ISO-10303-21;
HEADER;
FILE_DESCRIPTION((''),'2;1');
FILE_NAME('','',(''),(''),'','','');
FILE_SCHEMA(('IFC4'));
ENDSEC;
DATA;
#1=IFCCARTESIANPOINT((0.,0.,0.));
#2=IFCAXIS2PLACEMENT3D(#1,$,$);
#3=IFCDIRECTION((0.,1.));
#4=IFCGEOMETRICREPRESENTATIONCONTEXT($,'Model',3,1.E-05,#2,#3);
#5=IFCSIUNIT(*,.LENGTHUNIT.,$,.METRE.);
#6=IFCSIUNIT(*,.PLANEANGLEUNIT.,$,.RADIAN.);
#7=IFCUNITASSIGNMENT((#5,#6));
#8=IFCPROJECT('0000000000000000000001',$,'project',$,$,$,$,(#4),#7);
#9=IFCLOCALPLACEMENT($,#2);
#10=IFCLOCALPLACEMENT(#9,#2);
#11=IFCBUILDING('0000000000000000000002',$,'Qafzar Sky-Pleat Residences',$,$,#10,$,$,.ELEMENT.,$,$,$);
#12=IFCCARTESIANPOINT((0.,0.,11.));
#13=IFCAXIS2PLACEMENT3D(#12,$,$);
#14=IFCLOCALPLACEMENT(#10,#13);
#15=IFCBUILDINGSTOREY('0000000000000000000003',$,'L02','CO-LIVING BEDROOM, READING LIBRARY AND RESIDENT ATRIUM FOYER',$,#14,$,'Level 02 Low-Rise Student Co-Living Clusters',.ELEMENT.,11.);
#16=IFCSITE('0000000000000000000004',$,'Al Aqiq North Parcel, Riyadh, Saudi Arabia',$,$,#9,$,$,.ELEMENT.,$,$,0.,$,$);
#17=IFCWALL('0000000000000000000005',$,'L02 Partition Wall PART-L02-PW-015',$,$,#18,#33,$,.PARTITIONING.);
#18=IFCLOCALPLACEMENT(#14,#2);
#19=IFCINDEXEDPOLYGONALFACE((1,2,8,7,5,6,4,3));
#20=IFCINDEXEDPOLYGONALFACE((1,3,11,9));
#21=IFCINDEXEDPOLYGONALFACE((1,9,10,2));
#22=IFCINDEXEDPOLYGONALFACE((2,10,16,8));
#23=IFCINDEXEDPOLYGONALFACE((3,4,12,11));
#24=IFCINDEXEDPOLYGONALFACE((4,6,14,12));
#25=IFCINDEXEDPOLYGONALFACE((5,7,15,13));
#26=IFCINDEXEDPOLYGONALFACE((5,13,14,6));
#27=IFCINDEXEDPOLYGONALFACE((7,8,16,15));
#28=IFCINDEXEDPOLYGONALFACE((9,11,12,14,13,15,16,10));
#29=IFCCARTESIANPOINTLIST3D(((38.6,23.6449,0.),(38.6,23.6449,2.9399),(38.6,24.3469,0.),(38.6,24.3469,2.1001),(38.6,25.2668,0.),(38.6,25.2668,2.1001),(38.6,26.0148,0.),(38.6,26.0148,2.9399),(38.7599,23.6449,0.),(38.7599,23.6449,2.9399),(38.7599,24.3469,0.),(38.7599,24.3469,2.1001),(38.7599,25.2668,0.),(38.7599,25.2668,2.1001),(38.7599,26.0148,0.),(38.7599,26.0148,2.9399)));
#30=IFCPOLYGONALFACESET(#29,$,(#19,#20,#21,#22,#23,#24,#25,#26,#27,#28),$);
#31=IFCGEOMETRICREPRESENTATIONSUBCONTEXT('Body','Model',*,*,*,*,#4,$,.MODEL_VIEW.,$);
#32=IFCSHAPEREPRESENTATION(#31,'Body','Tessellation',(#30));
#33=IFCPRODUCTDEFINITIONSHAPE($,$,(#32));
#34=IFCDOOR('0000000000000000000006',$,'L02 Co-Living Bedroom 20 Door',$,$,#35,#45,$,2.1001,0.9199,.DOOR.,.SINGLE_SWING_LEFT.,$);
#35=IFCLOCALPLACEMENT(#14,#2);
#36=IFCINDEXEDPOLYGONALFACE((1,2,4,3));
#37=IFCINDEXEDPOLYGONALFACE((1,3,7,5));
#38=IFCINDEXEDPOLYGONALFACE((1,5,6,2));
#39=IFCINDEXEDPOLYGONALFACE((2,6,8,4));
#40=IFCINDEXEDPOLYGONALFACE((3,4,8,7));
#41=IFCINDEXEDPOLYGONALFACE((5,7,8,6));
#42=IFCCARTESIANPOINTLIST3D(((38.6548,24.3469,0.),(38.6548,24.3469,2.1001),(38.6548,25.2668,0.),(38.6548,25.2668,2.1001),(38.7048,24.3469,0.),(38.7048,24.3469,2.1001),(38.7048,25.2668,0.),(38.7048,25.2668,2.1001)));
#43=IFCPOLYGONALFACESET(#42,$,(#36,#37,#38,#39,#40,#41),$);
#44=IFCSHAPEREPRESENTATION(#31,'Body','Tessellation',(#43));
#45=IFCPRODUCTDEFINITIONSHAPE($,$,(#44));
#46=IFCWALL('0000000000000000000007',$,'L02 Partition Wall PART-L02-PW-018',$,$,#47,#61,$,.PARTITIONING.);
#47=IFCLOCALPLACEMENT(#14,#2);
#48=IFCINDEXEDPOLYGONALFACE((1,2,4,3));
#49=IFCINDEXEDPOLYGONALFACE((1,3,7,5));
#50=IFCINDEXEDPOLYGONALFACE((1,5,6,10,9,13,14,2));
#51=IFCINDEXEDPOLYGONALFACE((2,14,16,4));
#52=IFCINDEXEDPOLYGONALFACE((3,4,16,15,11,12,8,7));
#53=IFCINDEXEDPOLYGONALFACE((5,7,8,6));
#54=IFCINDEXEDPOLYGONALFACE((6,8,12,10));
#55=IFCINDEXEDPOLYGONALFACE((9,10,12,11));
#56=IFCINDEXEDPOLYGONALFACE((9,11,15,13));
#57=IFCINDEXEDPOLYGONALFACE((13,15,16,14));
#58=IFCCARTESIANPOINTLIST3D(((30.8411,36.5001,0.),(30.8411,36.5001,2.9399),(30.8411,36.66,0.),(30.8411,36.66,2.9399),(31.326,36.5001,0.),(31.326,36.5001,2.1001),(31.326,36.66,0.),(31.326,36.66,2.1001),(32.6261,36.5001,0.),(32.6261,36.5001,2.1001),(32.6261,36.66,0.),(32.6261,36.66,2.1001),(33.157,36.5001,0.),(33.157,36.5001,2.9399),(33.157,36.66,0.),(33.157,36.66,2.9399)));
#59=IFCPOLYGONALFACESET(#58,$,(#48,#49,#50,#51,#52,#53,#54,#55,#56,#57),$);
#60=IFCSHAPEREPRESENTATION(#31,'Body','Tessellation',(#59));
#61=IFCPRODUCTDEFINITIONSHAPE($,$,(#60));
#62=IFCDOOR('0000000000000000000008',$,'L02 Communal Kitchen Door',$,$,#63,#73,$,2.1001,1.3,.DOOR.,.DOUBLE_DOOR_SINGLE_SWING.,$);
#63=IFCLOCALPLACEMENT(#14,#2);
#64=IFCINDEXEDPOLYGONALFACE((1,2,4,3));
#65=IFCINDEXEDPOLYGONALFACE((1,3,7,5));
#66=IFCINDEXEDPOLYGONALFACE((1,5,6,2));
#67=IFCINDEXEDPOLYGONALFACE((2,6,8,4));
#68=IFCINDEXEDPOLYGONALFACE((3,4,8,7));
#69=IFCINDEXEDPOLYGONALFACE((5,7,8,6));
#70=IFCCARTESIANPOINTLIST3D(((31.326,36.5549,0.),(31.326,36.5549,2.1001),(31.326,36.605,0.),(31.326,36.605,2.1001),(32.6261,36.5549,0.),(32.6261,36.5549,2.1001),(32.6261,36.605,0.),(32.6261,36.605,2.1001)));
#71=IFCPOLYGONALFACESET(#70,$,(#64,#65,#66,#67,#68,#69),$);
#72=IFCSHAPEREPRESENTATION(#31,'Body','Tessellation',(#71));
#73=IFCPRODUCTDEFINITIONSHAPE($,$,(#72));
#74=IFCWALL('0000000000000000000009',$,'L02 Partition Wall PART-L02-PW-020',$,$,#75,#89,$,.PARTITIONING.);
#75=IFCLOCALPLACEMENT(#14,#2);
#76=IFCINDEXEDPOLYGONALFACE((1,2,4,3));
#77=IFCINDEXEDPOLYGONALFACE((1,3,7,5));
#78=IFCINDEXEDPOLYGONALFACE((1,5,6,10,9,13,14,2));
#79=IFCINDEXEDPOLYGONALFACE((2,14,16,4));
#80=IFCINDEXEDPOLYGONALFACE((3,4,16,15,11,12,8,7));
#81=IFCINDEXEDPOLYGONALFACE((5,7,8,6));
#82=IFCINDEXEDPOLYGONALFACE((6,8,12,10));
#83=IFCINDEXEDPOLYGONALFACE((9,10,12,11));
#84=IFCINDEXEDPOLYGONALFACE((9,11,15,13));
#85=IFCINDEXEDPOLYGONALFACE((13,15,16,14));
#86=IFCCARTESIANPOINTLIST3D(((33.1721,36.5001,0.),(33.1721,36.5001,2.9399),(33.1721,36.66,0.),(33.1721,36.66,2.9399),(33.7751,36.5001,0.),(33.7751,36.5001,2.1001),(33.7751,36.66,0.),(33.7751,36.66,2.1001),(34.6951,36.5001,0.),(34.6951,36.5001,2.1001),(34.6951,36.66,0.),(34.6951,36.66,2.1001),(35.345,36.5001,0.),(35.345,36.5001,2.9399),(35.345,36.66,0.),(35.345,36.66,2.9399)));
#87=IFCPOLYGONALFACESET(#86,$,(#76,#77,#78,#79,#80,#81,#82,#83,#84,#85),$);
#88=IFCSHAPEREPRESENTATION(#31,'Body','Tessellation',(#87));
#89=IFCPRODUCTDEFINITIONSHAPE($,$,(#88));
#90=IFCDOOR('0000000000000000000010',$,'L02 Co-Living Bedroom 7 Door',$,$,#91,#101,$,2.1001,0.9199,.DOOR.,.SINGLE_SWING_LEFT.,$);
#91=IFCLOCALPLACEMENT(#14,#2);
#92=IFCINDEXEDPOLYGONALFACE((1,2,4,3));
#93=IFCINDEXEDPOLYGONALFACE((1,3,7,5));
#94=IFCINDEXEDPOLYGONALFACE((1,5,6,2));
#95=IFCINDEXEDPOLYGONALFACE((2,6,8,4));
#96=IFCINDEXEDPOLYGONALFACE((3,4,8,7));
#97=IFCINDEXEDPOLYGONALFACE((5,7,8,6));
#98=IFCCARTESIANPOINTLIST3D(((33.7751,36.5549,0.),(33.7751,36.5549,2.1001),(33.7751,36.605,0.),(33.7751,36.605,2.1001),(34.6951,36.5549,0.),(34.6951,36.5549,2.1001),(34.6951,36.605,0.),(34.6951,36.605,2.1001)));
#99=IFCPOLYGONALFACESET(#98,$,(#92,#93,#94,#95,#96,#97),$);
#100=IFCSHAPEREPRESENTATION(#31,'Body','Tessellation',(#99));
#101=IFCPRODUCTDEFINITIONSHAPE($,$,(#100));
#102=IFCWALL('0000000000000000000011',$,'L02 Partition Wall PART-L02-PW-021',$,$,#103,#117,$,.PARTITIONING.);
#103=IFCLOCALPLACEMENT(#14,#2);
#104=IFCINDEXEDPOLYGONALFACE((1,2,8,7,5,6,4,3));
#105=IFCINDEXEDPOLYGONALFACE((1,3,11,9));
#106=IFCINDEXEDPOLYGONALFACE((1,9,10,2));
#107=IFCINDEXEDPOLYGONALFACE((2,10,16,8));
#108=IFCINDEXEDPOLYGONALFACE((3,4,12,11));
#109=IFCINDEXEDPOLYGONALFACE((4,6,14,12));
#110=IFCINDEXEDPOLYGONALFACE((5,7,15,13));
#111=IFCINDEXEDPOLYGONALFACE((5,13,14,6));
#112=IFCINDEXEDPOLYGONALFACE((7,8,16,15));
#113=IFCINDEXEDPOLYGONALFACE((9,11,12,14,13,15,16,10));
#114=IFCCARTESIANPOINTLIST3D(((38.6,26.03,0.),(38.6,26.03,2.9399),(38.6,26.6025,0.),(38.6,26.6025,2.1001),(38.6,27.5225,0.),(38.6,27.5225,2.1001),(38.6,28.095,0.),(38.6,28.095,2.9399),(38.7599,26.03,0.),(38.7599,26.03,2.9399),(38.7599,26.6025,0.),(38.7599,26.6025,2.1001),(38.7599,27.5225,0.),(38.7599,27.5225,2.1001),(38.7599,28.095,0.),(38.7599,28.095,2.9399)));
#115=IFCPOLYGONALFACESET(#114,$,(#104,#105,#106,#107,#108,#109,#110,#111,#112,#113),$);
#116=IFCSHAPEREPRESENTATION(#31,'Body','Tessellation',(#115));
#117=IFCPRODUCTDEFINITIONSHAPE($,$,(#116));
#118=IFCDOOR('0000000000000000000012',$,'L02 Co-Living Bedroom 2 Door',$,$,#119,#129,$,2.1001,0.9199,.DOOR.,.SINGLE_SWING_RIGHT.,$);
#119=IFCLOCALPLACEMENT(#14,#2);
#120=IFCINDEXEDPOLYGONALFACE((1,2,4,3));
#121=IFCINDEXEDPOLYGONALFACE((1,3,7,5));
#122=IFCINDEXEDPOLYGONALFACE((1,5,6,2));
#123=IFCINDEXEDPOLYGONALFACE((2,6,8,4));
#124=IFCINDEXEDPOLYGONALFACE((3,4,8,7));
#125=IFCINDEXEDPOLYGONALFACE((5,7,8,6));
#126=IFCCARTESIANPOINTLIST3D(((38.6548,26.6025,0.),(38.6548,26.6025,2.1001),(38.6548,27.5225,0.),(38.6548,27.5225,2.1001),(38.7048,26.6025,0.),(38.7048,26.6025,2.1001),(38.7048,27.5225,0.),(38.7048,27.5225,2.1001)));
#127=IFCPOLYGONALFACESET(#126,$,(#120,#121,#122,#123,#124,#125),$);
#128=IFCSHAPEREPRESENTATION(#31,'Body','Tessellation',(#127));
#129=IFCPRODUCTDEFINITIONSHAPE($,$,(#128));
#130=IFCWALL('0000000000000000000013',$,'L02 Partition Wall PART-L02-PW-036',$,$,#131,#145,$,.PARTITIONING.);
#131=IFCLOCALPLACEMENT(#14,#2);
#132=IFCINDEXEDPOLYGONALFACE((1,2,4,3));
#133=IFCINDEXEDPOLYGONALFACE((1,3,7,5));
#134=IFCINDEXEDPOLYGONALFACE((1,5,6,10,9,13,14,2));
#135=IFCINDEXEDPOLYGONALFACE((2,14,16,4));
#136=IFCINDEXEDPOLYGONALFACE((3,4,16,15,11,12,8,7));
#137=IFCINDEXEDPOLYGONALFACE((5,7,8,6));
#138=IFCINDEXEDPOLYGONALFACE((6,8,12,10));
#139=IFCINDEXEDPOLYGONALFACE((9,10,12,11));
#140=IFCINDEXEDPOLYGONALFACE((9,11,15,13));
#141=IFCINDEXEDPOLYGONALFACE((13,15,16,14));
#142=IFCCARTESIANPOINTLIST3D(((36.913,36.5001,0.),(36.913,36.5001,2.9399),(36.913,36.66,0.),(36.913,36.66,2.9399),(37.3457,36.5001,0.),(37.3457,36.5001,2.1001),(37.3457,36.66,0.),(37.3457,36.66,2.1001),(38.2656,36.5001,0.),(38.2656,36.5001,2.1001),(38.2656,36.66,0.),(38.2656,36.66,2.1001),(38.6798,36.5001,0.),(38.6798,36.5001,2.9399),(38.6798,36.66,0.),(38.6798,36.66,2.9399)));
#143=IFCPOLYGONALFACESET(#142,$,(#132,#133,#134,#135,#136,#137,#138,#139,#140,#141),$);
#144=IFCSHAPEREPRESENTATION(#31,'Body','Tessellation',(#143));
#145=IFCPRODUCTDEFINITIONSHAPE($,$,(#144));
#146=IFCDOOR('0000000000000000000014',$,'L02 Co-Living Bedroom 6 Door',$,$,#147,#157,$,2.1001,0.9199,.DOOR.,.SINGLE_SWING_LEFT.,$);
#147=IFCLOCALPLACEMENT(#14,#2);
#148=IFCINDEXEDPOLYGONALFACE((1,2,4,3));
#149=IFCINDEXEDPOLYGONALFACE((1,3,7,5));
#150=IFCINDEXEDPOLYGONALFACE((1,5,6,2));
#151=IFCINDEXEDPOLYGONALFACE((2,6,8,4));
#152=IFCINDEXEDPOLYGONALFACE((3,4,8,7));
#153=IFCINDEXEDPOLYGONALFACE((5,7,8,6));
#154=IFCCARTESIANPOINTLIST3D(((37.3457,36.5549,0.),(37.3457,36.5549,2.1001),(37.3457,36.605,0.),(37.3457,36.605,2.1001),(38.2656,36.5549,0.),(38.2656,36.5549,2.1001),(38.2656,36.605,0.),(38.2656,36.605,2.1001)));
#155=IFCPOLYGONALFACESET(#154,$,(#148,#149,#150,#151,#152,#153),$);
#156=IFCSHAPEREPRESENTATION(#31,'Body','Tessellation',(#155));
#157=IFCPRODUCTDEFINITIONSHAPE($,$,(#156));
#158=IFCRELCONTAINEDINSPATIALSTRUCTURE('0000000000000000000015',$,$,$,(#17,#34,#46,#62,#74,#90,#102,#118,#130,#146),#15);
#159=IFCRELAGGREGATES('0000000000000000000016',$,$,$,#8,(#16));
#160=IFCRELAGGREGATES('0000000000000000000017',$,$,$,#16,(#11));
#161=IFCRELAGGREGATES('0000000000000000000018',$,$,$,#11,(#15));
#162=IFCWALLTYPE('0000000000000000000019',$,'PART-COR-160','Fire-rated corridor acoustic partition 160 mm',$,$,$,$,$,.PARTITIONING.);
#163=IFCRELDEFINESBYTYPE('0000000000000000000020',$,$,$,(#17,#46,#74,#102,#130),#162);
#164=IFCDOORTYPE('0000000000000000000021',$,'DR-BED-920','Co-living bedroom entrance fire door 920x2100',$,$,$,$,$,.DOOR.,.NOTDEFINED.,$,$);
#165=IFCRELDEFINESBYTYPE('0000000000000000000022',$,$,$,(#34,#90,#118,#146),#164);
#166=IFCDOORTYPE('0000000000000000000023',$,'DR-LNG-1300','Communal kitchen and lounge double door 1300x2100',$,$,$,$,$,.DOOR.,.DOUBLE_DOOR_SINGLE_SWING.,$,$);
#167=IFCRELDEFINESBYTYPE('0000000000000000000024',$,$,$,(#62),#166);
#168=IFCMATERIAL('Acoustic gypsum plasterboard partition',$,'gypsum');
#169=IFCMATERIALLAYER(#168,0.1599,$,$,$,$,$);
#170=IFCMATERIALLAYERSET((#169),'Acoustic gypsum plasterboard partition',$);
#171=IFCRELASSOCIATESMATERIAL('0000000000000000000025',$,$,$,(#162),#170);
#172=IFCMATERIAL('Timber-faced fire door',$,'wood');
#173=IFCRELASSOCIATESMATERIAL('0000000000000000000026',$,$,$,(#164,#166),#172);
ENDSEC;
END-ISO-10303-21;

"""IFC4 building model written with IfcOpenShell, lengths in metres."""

from ifc_helpers import new_model, si_unit, direction, frame, frame_2d, origin, place, context, subcontext, project, spatial, rectangle, extrude, source, transform, mapped, material, layer, layer_set, type_object, element, fill, save


model = new_model("IFC4")

# Units and contexts
model_context = context("Model", 3, precision=1e-05, world=origin(), true_north=direction((0.0, 1.0)))
body_context = subcontext(model_context, "Body", "Model", "MODEL_VIEW")
ifc_project = project(units=[si_unit("LENGTHUNIT", "METRE"), si_unit("PLANEANGLEUNIT", "RADIAN")], contexts=[model_context])

# Site, building, storey
site_placement = place(None, origin())
site = spatial("IfcSite", under=ifc_project, at=site_placement, Name="Al Aqiq North Parcel, Riyadh, Saudi Arabia", CompositionType="ELEMENT", RefElevation=0.0)
building_placement = place(site_placement, origin())
building = spatial("IfcBuilding", under=site, at=building_placement, Name="Qafzar Sky-Pleat Residences", CompositionType="ELEMENT")
storey_placement = place(building_placement, frame((0.0, 0.0, 11.0)))
storey = spatial("IfcBuildingStorey", under=building, at=storey_placement, Name="L02", Description="CO-LIVING BEDROOM, READING LIBRARY AND RESIDENT ATRIUM FOYER", LongName="Level 02 Low-Rise Student Co-Living Clusters", CompositionType="ELEMENT", Elevation=11.0)

# Walls, openings, doors
ifc_material_1 = material(Name="Acoustic gypsum plasterboard partition", Category="gypsum")
ifc_layer_1 = layer(ifc_material_1, 0.1599)
ifc_layer_set_1 = layer_set([ifc_layer_1], Name="Acoustic gypsum plasterboard partition")
wall_type_1 = type_object("IfcWallType", Name="PART-COR-160", Description="Fire-rated corridor acoustic partition 160 mm", PredefinedType="PARTITIONING", material=ifc_layer_set_1)
wall_1_placement = place(storey_placement, frame((38.6799, 26.0149, 0.0), z_axis=(0.0, 0.0, 1.0), x_axis=(0.0, -1.0, 0.0)))
wall_1 = element("IfcWall", 1, at=wall_1_placement, inside=storey, type_object=wall_type_1, Name="L02 Partition Wall PART-L02-PW-015", PredefinedType="PARTITIONING", context=body_context, shape_type="SweptSolid", body=[
    extrude(rectangle(XDim=2.3699, YDim=0.1599, at=frame_2d((1.1851, 0.0))), origin(), (0.0, 0.0, 1.0), 2.9399),
])
opening_1_placement = place(wall_1_placement, frame((0.748, 0.0, 0.0)))
opening_1 = element("IfcOpeningElement", 2, at=opening_1_placement, cuts=wall_1, PredefinedType="OPENING", context=body_context, shape_type="SweptSolid", body=[
    extrude(rectangle(XDim=0.9199, YDim=2.1001, at=frame_2d((0.46, 1.05))), frame((0.0, 0.0898, 0.0), z_axis=(0.0, -1.0, 0.0), x_axis=(1.0, 0.0, 0.0)), (0.0, 0.0, 1.0), 0.1799),
])
ifc_material_2 = material(Name="Timber-faced fire door", Category="wood")
door_type_1 = type_object("IfcDoorType", Name="DR-BED-920", Description="Co-living bedroom entrance fire door 920x2100", OperationType="NOTDEFINED", PredefinedType="DOOR", material=ifc_material_2)
shared_shape_1 = source(origin(), body_context, "Body", "SweptSolid", [
    extrude(rectangle(XDim=0.9199, YDim=2.1001, at=frame_2d((0.46, 1.05))), frame((0.0, 0.0249, 0.0), z_axis=(0.0, -1.0, 0.0), x_axis=(1.0, 0.0, 0.0)), (0.0, 0.0, 1.0), 0.05),
])
door_1_placement = place(opening_1_placement, origin())
door_1 = element("IfcDoor", 3, at=door_1_placement, inside=storey, type_object=door_type_1, Name="L02 Co-Living Bedroom 20 Door", OperationType="SINGLE_SWING_LEFT", OverallHeight=2.1001, OverallWidth=0.9199, PredefinedType="DOOR", context=body_context, shape_type="MappedRepresentation", body=[
    mapped(shared_shape_1, transform((0.0, 0.0, 0.0), x_axis=(1.0, 0.0, 0.0), y_axis=(0.0, 1.0, 0.0), z_axis=(0.0, 0.0, 1.0), scale=1.0)),
])
fill(opening_1, door_1)
wall_2_placement = place(storey_placement, frame((30.8411, 36.5801, 0.0), z_axis=(0.0, 0.0, 1.0), x_axis=(1.0, 0.0, 0.0)))
wall_2 = element("IfcWall", 4, at=wall_2_placement, inside=storey, type_object=wall_type_1, Name="L02 Partition Wall PART-L02-PW-018", PredefinedType="PARTITIONING", context=body_context, shape_type="SweptSolid", body=[
    extrude(rectangle(XDim=2.3159, YDim=0.1599, at=frame_2d((1.158, 0.0))), origin(), (0.0, 0.0, 1.0), 2.9399),
])
opening_2_placement = place(wall_2_placement, frame((0.4851, 0.0, 0.0)))
opening_2 = element("IfcOpeningElement", 5, at=opening_2_placement, cuts=wall_2, PredefinedType="OPENING", context=body_context, shape_type="SweptSolid", body=[
    extrude(rectangle(XDim=1.3, YDim=2.1001, at=frame_2d((0.6499, 1.05))), frame((0.0, 0.0898, 0.0), z_axis=(0.0, -1.0, 0.0), x_axis=(1.0, 0.0, 0.0)), (0.0, 0.0, 1.0), 0.1799),
])
door_type_2 = type_object("IfcDoorType", Name="DR-LNG-1300", Description="Communal kitchen and lounge double door 1300x2100", OperationType="DOUBLE_DOOR_SINGLE_SWING", PredefinedType="DOOR", material=ifc_material_2)
shared_shape_2 = source(origin(), body_context, "Body", "SweptSolid", [
    extrude(rectangle(XDim=1.3, YDim=2.1001, at=frame_2d((0.6499, 1.05))), frame((0.0, 0.0249, 0.0), z_axis=(0.0, -1.0, 0.0), x_axis=(1.0, 0.0, 0.0)), (0.0, 0.0, 1.0), 0.05),
])
door_2_placement = place(opening_2_placement, origin())
door_2 = element("IfcDoor", 6, at=door_2_placement, inside=storey, type_object=door_type_2, Name="L02 Communal Kitchen Door", OperationType="DOUBLE_DOOR_SINGLE_SWING", OverallHeight=2.1001, OverallWidth=1.3, PredefinedType="DOOR", context=body_context, shape_type="MappedRepresentation", body=[
    mapped(shared_shape_2, transform((0.0, 0.0, 0.0), x_axis=(1.0, 0.0, 0.0), y_axis=(0.0, 1.0, 0.0), z_axis=(0.0, 0.0, 1.0), scale=1.0)),
])
fill(opening_2, door_2)
wall_3_placement = place(storey_placement, frame((33.1721, 36.5801, 0.0), z_axis=(0.0, 0.0, 1.0), x_axis=(1.0, 0.0, 0.0)))
wall_3 = element("IfcWall", 7, at=wall_3_placement, inside=storey, type_object=wall_type_1, Name="L02 Partition Wall PART-L02-PW-020", PredefinedType="PARTITIONING", context=body_context, shape_type="SweptSolid", body=[
    extrude(rectangle(XDim=2.1729, YDim=0.1599, at=frame_2d((1.0864, 0.0))), origin(), (0.0, 0.0, 1.0), 2.9399),
])
opening_3_placement = place(wall_3_placement, frame((0.603, 0.0, 0.0)))
opening_3 = element("IfcOpeningElement", 8, at=opening_3_placement, cuts=wall_3, PredefinedType="OPENING", context=body_context, shape_type="SweptSolid", body=[
    extrude(rectangle(XDim=0.9199, YDim=2.1001, at=frame_2d((0.46, 1.05))), frame((0.0, 0.0898, 0.0), z_axis=(0.0, -1.0, 0.0), x_axis=(1.0, 0.0, 0.0)), (0.0, 0.0, 1.0), 0.1799),
])
door_3_placement = place(opening_3_placement, origin())
door_3 = element("IfcDoor", 9, at=door_3_placement, inside=storey, type_object=door_type_1, Name="L02 Co-Living Bedroom 7 Door", OperationType="SINGLE_SWING_LEFT", OverallHeight=2.1001, OverallWidth=0.9199, PredefinedType="DOOR", context=body_context, shape_type="MappedRepresentation", body=[
    mapped(shared_shape_1, transform((0.0, 0.0, 0.0), x_axis=(1.0, 0.0, 0.0), y_axis=(0.0, 1.0, 0.0), z_axis=(0.0, 0.0, 1.0), scale=1.0)),
])
fill(opening_3, door_3)
wall_4_placement = place(storey_placement, frame((38.6799, 28.095, 0.0), z_axis=(0.0, 0.0, 1.0), x_axis=(0.0, -1.0, 0.0)))
wall_4 = element("IfcWall", 10, at=wall_4_placement, inside=storey, type_object=wall_type_1, Name="L02 Partition Wall PART-L02-PW-021", PredefinedType="PARTITIONING", context=body_context, shape_type="SweptSolid", body=[
    extrude(rectangle(XDim=2.0649, YDim=0.1599, at=frame_2d((1.0325, 0.0))), origin(), (0.0, 0.0, 1.0), 2.9399),
])
opening_4_placement = place(wall_4_placement, frame((0.5725, 0.0, 0.0)))
opening_4 = element("IfcOpeningElement", 11, at=opening_4_placement, cuts=wall_4, PredefinedType="OPENING", context=body_context, shape_type="SweptSolid", body=[
    extrude(rectangle(XDim=0.9199, YDim=2.1001, at=frame_2d((0.46, 1.05))), frame((0.0, 0.0898, 0.0), z_axis=(0.0, -1.0, 0.0), x_axis=(1.0, 0.0, 0.0)), (0.0, 0.0, 1.0), 0.1799),
])
door_4_placement = place(opening_4_placement, origin())
door_4 = element("IfcDoor", 12, at=door_4_placement, inside=storey, type_object=door_type_1, Name="L02 Co-Living Bedroom 2 Door", OperationType="SINGLE_SWING_RIGHT", OverallHeight=2.1001, OverallWidth=0.9199, PredefinedType="DOOR", context=body_context, shape_type="MappedRepresentation", body=[
    mapped(shared_shape_1, transform((0.0, 0.0, 0.0), x_axis=(1.0, 0.0, 0.0), y_axis=(0.0, 1.0, 0.0), z_axis=(0.0, 0.0, 1.0), scale=1.0)),
])
fill(opening_4, door_4)
wall_5_placement = place(storey_placement, frame((36.9131, 36.5801, 0.0), z_axis=(0.0, 0.0, 1.0), x_axis=(1.0, 0.0, 0.0)))
wall_5 = element("IfcWall", 13, at=wall_5_placement, inside=storey, type_object=wall_type_1, Name="L02 Partition Wall PART-L02-PW-036", PredefinedType="PARTITIONING", context=body_context, shape_type="SweptSolid", body=[
    extrude(rectangle(XDim=1.7668, YDim=0.1599, at=frame_2d((0.8833, 0.0))), origin(), (0.0, 0.0, 1.0), 2.9399),
])
opening_5_placement = place(wall_5_placement, frame((0.4326, 0.0, 0.0)))
opening_5 = element("IfcOpeningElement", 14, at=opening_5_placement, cuts=wall_5, PredefinedType="OPENING", context=body_context, shape_type="SweptSolid", body=[
    extrude(rectangle(XDim=0.9199, YDim=2.1001, at=frame_2d((0.46, 1.05))), frame((0.0, 0.0898, 0.0), z_axis=(0.0, -1.0, 0.0), x_axis=(1.0, 0.0, 0.0)), (0.0, 0.0, 1.0), 0.1799),
])
door_5_placement = place(opening_5_placement, origin())
door_5 = element("IfcDoor", 15, at=door_5_placement, inside=storey, type_object=door_type_1, Name="L02 Co-Living Bedroom 6 Door", OperationType="SINGLE_SWING_LEFT", OverallHeight=2.1001, OverallWidth=0.9199, PredefinedType="DOOR", context=body_context, shape_type="MappedRepresentation", body=[
    mapped(shared_shape_1, transform((0.0, 0.0, 0.0), x_axis=(1.0, 0.0, 0.0), y_axis=(0.0, 1.0, 0.0), z_axis=(0.0, 0.0, 1.0), scale=1.0)),
])
fill(opening_5, door_5)

save(model, "model.ifc")
